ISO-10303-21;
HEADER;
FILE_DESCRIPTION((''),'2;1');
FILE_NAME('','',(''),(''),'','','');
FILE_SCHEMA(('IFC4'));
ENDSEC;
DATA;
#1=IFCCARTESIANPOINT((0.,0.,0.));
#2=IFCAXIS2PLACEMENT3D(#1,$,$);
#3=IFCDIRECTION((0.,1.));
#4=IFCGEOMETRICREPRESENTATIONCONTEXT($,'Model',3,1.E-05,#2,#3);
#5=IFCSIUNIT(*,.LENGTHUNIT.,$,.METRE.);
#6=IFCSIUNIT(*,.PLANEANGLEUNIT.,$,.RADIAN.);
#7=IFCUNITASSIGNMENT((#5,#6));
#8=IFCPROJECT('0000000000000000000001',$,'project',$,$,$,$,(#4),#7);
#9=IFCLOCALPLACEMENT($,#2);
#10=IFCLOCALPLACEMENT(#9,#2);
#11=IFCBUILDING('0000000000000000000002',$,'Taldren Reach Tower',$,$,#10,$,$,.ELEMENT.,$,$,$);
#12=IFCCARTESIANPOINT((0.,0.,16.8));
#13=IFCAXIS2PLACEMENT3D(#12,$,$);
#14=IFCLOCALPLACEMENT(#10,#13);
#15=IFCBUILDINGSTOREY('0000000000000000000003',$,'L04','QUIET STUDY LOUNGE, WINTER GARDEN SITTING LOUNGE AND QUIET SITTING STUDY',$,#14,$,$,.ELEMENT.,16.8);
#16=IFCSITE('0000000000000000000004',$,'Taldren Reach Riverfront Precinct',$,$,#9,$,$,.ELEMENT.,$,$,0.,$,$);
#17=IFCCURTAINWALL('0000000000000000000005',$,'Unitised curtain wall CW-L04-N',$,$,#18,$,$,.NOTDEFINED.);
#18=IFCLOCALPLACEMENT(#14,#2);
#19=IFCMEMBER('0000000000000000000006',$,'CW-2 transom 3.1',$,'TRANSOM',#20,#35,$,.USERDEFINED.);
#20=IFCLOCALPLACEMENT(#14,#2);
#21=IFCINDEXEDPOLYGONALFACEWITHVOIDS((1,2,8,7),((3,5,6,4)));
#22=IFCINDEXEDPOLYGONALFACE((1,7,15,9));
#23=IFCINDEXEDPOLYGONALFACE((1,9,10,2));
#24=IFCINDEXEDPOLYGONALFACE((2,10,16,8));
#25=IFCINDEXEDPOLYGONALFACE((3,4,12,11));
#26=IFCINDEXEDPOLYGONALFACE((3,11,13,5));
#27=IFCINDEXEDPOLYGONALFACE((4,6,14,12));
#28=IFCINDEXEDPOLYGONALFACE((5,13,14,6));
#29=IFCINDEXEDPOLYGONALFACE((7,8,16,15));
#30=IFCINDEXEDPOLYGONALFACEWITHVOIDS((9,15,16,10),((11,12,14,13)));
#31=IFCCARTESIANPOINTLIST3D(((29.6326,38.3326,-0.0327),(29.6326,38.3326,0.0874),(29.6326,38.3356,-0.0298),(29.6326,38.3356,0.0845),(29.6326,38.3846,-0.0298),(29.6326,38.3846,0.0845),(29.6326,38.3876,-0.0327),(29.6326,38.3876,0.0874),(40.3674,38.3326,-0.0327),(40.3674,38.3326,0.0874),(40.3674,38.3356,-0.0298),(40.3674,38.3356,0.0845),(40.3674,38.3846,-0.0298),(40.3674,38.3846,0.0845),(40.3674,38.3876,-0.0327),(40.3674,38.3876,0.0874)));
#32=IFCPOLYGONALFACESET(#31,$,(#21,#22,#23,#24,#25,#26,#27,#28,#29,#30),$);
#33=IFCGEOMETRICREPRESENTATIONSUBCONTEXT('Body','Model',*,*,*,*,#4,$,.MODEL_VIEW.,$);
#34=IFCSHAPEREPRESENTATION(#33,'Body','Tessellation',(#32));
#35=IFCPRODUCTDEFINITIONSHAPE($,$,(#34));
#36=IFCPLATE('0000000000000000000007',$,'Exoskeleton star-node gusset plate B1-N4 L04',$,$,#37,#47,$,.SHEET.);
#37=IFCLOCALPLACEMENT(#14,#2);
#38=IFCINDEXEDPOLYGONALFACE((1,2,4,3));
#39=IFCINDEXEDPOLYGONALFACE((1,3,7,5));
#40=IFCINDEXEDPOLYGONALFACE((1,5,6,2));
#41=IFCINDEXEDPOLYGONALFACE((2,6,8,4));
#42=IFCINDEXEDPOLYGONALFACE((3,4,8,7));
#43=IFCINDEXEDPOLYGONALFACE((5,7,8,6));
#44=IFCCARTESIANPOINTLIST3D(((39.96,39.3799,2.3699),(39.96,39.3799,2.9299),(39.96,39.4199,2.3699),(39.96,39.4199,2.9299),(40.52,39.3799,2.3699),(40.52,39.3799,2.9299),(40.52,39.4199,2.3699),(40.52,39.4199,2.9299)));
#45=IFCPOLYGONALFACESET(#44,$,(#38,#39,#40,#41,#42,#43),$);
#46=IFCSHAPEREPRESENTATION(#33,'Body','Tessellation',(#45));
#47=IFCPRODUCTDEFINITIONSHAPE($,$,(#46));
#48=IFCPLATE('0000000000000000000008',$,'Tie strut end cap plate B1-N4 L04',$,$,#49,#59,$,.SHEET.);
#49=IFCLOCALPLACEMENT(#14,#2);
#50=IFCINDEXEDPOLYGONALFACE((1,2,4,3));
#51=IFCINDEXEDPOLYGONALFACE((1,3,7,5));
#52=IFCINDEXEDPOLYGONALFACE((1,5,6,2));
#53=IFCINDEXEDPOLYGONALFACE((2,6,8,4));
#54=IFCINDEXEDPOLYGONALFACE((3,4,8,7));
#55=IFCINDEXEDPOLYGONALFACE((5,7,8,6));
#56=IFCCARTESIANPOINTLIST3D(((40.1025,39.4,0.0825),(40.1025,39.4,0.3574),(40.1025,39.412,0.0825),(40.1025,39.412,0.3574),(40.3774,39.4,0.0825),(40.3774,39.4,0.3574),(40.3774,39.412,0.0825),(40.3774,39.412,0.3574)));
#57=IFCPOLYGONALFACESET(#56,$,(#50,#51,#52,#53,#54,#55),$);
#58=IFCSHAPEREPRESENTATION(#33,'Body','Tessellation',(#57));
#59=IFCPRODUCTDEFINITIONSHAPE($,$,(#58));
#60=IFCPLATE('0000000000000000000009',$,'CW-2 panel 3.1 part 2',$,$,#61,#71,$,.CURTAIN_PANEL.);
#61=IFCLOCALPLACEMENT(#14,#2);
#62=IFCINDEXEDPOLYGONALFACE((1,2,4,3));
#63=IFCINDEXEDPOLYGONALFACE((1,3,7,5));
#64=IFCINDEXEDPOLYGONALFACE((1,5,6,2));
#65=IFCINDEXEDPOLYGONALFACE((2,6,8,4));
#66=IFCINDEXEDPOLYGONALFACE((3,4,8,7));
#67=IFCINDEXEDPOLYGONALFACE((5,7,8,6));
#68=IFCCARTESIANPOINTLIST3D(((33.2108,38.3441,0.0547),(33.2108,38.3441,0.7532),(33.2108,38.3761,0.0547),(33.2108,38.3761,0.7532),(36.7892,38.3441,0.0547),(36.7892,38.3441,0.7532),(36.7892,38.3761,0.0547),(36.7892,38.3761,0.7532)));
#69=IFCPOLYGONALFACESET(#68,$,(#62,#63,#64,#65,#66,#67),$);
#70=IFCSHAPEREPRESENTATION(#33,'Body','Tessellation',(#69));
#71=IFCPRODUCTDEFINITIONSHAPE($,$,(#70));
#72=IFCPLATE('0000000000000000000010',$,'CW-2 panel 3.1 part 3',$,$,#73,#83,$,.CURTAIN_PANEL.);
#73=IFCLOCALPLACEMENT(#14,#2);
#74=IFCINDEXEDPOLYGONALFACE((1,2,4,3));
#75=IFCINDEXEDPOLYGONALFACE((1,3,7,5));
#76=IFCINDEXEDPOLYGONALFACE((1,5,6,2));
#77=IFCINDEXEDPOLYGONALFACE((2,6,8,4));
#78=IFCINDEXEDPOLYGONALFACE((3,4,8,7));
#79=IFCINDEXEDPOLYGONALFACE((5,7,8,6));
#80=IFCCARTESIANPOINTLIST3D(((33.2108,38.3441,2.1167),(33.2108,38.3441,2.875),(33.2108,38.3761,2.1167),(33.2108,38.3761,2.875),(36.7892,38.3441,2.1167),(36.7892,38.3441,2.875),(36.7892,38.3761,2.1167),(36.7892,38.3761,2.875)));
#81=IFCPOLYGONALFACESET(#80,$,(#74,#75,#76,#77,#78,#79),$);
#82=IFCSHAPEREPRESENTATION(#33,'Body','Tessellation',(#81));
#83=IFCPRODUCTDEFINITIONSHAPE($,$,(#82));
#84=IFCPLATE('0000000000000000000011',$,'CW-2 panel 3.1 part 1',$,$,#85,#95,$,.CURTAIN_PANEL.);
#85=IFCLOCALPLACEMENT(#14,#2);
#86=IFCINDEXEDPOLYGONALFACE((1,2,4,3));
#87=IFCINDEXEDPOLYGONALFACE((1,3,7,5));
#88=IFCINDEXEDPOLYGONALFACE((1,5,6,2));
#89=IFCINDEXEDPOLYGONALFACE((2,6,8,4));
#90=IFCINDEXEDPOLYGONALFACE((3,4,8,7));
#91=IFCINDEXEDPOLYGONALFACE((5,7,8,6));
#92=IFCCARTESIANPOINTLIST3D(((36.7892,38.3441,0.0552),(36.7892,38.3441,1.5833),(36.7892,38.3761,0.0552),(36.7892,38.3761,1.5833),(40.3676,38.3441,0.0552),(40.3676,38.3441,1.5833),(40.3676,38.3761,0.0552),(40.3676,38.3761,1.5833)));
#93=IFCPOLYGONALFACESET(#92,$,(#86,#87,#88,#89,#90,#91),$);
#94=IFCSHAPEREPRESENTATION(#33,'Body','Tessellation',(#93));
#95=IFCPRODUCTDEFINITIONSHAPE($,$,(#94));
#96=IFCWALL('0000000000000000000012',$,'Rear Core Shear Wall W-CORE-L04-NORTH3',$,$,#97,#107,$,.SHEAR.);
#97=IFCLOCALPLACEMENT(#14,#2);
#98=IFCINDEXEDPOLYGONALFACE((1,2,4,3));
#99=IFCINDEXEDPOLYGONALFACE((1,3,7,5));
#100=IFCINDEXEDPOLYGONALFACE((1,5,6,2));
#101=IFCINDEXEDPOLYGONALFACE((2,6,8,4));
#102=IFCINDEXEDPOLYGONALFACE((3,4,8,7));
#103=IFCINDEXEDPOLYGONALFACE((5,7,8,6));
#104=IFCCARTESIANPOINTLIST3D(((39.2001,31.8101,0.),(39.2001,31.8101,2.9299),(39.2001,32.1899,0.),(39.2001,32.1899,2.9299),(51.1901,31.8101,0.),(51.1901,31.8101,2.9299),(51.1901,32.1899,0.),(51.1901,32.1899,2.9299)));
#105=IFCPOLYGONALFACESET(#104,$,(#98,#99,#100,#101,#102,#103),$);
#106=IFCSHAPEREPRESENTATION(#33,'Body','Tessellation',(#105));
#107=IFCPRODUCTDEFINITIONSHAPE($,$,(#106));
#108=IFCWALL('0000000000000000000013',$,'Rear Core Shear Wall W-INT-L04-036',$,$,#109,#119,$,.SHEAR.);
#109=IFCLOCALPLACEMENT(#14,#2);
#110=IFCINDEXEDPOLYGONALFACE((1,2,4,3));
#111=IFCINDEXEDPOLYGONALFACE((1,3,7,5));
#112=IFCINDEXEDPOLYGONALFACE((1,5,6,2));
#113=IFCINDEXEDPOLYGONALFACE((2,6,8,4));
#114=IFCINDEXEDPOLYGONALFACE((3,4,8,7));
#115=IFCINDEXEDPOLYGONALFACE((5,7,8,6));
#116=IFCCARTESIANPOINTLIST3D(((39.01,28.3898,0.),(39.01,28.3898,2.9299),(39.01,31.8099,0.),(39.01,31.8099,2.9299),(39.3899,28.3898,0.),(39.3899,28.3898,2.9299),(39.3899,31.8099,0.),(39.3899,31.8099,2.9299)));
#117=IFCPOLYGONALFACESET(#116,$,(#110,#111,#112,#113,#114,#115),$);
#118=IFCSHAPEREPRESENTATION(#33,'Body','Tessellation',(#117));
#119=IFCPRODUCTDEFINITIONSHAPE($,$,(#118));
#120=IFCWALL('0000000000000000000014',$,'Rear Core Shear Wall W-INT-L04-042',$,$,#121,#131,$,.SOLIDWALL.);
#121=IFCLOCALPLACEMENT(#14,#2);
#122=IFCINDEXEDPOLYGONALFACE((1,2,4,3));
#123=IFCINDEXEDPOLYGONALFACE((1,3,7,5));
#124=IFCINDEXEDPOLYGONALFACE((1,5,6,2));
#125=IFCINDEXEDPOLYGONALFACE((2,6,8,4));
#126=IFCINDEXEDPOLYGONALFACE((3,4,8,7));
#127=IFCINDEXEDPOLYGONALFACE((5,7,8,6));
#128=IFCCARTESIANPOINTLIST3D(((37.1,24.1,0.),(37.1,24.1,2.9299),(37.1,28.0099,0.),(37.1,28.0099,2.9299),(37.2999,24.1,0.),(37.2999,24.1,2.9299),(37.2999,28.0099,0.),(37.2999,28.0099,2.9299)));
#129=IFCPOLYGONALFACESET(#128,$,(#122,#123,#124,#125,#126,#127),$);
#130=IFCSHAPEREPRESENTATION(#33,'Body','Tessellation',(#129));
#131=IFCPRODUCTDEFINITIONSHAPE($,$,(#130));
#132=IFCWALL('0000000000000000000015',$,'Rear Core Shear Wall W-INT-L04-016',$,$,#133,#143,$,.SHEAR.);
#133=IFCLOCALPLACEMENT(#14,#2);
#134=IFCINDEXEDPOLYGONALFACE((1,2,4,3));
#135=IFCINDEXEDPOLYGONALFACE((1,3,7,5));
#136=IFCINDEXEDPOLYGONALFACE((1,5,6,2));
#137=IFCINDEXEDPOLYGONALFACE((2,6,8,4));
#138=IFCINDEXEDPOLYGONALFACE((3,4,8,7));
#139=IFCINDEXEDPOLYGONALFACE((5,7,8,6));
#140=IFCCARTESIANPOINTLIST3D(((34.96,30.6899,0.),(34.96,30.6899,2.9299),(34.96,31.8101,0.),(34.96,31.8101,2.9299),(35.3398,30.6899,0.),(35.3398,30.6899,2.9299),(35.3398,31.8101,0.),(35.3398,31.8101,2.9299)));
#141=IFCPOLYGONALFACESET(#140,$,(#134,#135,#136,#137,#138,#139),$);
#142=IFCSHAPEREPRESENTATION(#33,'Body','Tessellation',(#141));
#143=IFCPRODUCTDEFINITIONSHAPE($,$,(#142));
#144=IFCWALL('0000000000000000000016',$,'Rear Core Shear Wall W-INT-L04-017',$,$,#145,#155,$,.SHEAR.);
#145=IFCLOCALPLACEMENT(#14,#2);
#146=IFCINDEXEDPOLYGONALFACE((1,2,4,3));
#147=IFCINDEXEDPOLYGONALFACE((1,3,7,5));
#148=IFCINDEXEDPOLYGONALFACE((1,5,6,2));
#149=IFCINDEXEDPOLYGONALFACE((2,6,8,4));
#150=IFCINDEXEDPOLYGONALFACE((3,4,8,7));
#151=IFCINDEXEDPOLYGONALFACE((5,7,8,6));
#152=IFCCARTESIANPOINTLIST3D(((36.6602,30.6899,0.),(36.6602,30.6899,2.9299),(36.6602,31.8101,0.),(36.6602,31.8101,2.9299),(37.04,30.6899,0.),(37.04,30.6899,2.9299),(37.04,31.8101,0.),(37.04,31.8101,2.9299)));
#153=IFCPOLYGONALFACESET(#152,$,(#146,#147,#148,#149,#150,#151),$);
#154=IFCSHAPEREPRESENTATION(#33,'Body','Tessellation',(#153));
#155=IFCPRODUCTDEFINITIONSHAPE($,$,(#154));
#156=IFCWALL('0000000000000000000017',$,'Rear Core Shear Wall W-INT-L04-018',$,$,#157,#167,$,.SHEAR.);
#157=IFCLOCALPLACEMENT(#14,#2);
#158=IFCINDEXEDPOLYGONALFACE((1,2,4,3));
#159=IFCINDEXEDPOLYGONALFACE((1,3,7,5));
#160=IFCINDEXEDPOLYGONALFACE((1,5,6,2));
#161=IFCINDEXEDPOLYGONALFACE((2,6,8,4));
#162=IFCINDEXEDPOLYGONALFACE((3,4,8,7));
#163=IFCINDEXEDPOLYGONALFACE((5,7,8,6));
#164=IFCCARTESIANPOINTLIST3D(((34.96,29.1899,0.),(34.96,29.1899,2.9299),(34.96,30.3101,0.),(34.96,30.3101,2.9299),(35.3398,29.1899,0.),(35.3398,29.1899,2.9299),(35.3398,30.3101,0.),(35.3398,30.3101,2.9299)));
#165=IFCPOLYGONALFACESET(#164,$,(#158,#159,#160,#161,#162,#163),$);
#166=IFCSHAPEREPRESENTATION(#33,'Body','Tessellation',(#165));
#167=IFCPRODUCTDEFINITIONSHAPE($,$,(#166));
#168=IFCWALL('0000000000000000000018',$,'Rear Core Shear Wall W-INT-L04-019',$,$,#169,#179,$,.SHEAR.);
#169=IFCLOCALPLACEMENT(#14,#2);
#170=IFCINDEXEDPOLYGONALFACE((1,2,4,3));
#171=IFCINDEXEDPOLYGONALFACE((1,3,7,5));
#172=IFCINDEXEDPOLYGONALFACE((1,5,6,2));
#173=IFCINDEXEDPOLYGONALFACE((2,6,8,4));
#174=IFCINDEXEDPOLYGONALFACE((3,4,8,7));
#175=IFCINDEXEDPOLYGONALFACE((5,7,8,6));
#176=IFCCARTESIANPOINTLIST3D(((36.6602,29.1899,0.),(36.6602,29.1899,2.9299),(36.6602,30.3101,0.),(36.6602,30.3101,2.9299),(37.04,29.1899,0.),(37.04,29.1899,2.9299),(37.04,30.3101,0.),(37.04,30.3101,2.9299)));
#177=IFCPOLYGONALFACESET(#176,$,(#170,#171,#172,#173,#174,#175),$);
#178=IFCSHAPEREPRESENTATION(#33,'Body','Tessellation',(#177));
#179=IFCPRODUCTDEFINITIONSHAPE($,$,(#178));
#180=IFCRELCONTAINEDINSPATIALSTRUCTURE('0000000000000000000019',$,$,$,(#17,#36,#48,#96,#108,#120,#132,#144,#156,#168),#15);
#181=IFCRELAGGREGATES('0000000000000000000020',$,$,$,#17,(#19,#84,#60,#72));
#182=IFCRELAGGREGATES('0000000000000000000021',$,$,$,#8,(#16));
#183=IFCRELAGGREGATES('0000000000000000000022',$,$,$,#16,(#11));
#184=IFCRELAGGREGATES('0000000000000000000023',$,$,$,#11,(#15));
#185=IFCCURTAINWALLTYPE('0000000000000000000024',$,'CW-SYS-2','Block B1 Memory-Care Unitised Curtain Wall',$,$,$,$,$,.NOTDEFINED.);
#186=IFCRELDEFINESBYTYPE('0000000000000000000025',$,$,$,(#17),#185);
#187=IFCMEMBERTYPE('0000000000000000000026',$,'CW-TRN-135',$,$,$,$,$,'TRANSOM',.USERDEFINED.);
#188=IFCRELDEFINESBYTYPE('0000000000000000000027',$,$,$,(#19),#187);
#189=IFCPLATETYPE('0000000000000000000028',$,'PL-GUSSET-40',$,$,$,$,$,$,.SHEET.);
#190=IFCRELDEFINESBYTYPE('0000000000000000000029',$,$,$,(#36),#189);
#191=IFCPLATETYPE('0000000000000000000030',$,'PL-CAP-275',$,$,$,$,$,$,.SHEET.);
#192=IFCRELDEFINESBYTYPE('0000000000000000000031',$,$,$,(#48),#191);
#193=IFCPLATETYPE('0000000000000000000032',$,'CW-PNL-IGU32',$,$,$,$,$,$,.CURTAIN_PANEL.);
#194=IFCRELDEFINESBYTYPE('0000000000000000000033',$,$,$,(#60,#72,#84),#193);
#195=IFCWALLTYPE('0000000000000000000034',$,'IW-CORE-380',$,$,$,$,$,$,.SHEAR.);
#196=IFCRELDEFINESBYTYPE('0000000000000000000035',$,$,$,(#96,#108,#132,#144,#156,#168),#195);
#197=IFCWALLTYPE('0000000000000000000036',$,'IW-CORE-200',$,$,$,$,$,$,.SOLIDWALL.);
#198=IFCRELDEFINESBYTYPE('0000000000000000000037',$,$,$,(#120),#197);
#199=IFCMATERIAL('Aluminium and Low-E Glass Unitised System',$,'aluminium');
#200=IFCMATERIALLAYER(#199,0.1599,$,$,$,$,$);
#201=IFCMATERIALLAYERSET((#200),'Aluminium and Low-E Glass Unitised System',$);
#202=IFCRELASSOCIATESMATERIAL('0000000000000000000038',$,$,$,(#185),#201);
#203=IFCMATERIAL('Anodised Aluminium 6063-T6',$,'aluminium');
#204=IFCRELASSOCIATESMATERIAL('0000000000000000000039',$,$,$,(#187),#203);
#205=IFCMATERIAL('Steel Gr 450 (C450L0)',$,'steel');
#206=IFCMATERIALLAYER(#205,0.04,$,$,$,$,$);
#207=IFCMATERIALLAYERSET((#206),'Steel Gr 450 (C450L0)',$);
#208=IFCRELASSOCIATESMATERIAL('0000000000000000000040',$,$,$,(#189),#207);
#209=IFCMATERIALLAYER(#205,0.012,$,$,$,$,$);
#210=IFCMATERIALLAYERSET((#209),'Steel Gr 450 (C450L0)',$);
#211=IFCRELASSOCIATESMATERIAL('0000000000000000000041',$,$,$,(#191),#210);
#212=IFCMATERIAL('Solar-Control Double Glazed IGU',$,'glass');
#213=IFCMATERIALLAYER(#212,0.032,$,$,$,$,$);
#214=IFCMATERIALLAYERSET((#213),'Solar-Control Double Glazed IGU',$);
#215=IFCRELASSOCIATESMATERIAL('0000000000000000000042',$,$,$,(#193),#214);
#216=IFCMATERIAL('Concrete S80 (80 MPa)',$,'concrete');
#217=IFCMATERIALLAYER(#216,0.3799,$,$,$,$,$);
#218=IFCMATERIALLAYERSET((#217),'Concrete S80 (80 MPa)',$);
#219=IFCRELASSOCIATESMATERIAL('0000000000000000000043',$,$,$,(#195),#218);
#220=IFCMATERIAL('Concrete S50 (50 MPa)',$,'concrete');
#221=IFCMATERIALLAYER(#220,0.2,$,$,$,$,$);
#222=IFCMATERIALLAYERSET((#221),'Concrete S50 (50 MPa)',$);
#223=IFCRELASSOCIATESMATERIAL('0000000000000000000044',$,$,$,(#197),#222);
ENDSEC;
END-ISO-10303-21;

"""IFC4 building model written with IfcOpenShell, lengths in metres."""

from ifc_helpers import new_model, si_unit, direction, frame, frame_2d, origin, origin_2d, place, context, subcontext, project, spatial, rectangle, hollow_rectangle, extrude, source, transform, mapped, material, layer, layer_set, material_profile, profile_set, type_object, element, aggregate, save


model = new_model("IFC4")

# Units and contexts
model_context = context("Model", 3, precision=1e-05, world=origin(), true_north=direction((0.0, 1.0)))
body_context = subcontext(model_context, "Body", "Model", "MODEL_VIEW")
ifc_project = project(units=[si_unit("LENGTHUNIT", "METRE"), si_unit("PLANEANGLEUNIT", "RADIAN")], contexts=[model_context])

# Site, building, storey
site_placement = place(None, origin())
site = spatial("IfcSite", under=ifc_project, at=site_placement, Name="Taldren Reach Riverfront Precinct", CompositionType="ELEMENT", RefElevation=0.0)
building_placement = place(site_placement, origin())
building = spatial("IfcBuilding", under=site, at=building_placement, Name="Taldren Reach Tower", CompositionType="ELEMENT")
storey_placement = place(building_placement, frame((0.0, 0.0, 16.8)))
storey = spatial("IfcBuildingStorey", under=building, at=storey_placement, Name="L04", Description="QUIET STUDY LOUNGE, WINTER GARDEN SITTING LOUNGE AND QUIET SITTING STUDY", CompositionType="ELEMENT", Elevation=16.8)

# Shared definitions
ifc_material_1 = material(Name="Steel Gr 450 (C450L0)", Category="steel")

# Curtain wall, member
ifc_material_2 = material(Name="Aluminium and Low-E Glass Unitised System", Category="aluminium")
ifc_layer_1 = layer(ifc_material_2, 0.1599)
ifc_layer_set_1 = layer_set([ifc_layer_1], Name="Aluminium and Low-E Glass Unitised System")
curtain_wall_type = type_object("IfcCurtainWallType", Name="CW-SYS-2", Description="Block B1 Memory-Care Unitised Curtain Wall", PredefinedType="NOTDEFINED", material=ifc_layer_set_1)
curtain_wall_placement = place(storey_placement, origin())
curtain_wall = element("IfcCurtainWall", 1, at=curtain_wall_placement, inside=storey, type_object=curtain_wall_type, Name="Unitised curtain wall CW-L04-N", PredefinedType="NOTDEFINED")
ifc_material_3 = material(Name="Anodised Aluminium 6063-T6", Category="aluminium")
ifc_material_profile_1 = material_profile(ifc_material_3, hollow_rectangle(XDim=0.0549, YDim=0.1201, WallThickness=0.0029, at=origin_2d()), Name="ALU-120x55x3RHS")
ifc_profile_set_1 = profile_set([ifc_material_profile_1], Name="Anodised Aluminium 6063-T6")
member_type_1 = type_object("IfcMemberType", Name="CW-TRN-135", ElementType="TRANSOM", PredefinedType="USERDEFINED", material=ifc_profile_set_1)
shared_shape_1 = source(origin(), body_context, "Body", "SweptSolid", [
    extrude(hollow_rectangle(XDim=0.0549, YDim=0.1201, WallThickness=0.0029, at=origin_2d()), origin(), (0.0, 0.0, 1.0), 10.7349),
])
member_1_placement = place(storey_placement, frame((40.3674, 38.3601, 0.0273), z_axis=(-1.0, 0.0, 0.0), x_axis=(0.0, -1.0, 0.0)))
member_1 = element("IfcMember", 2, at=member_1_placement, type_object=member_type_1, Name="CW-2 transom 3.1", ObjectType="TRANSOM", PredefinedType="USERDEFINED", context=body_context, shape_type="MappedRepresentation", body=[
    mapped(shared_shape_1, transform((0.0, 0.0, 0.0), scale=1.0)),
])

# Plates
ifc_layer_2 = layer(ifc_material_1, 0.04)
ifc_layer_set_2 = layer_set([ifc_layer_2], Name="Steel Gr 450 (C450L0)")
plate_type_1 = type_object("IfcPlateType", Name="PL-GUSSET-40", PredefinedType="SHEET", material=ifc_layer_set_2)
shared_shape_2 = source(origin(), body_context, "Body", "SweptSolid", [
    extrude(rectangle(XDim=0.5601, YDim=0.04, at=origin_2d()), origin(), (0.0, 0.0, 1.0), 0.5601),
])
plate_1_placement = place(storey_placement, frame((40.24, 39.3999, 2.3699), z_axis=(0.0, 0.0, 1.0), x_axis=(1.0, 0.0, 0.0)))
element("IfcPlate", 3, at=plate_1_placement, inside=storey, type_object=plate_type_1, Name="Exoskeleton star-node gusset plate B1-N4 L04", PredefinedType="SHEET", context=body_context, shape_type="MappedRepresentation", body=[
    mapped(shared_shape_2, transform((0.0, 0.0, 0.0), scale=1.0)),
])
ifc_layer_3 = layer(ifc_material_1, 0.012)
ifc_layer_set_3 = layer_set([ifc_layer_3], Name="Steel Gr 450 (C450L0)")
plate_type_2 = type_object("IfcPlateType", Name="PL-CAP-275", PredefinedType="SHEET", material=ifc_layer_set_3)
shared_shape_3 = source(origin(), body_context, "Body", "SweptSolid", [
    extrude(rectangle(XDim=0.2749, YDim=0.012, at=origin_2d()), origin(), (0.0, 0.0, 1.0), 0.2749),
])
plate_2_placement = place(storey_placement, frame((40.24, 39.406, 0.0825), z_axis=(0.0, 0.0, 1.0), x_axis=(1.0, 0.0, 0.0)))
element("IfcPlate", 4, at=plate_2_placement, inside=storey, type_object=plate_type_2, Name="Tie strut end cap plate B1-N4 L04", PredefinedType="SHEET", context=body_context, shape_type="MappedRepresentation", body=[
    mapped(shared_shape_3, transform((0.0, 0.0, 0.0), scale=1.0)),
])

# Plates
ifc_material_4 = material(Name="Solar-Control Double Glazed IGU", Category="glass")
ifc_layer_4 = layer(ifc_material_4, 0.032)
ifc_layer_set_4 = layer_set([ifc_layer_4], Name="Solar-Control Double Glazed IGU")
plate_type_3 = type_object("IfcPlateType", Name="CW-PNL-IGU32", PredefinedType="CURTAIN_PANEL", material=ifc_layer_set_4)
shared_shape_4 = source(origin(), body_context, "Body", "SweptSolid", [
    extrude(rectangle(XDim=3.5784, YDim=0.032, at=origin_2d()), origin(), (0.0, 0.0, 1.0), 0.6985),
])
plate_3_placement = place(storey_placement, frame((35.0, 38.3601, 0.0547), z_axis=(0.0, 0.0, 1.0), x_axis=(-1.0, 0.0, 0.0)))
plate_3 = element("IfcPlate", 5, at=plate_3_placement, type_object=plate_type_3, Name="CW-2 panel 3.1 part 2", PredefinedType="CURTAIN_PANEL", context=body_context, shape_type="MappedRepresentation", body=[
    mapped(shared_shape_4, transform((0.0, 0.0, 0.0), scale=1.0)),
])
shared_shape_5 = source(origin(), body_context, "Body", "SweptSolid", [
    extrude(rectangle(XDim=3.5784, YDim=0.032, at=origin_2d()), origin(), (0.0, 0.0, 1.0), 0.7583),
])
plate_4_placement = place(storey_placement, frame((35.0, 38.3601, 2.1167), z_axis=(0.0, 0.0, 1.0), x_axis=(-1.0, 0.0, 0.0)))
plate_4 = element("IfcPlate", 6, at=plate_4_placement, type_object=plate_type_3, Name="CW-2 panel 3.1 part 3", PredefinedType="CURTAIN_PANEL", context=body_context, shape_type="MappedRepresentation", body=[
    mapped(shared_shape_5, transform((0.0, 0.0, 0.0), scale=1.0)),
])
shared_shape_6 = source(origin(), body_context, "Body", "SweptSolid", [
    extrude(rectangle(XDim=3.5784, YDim=0.032, at=origin_2d()), origin(), (0.0, 0.0, 1.0), 1.5281),
])
plate_5_placement = place(storey_placement, frame((38.5784, 38.3601, 0.0552), z_axis=(0.0, 0.0, 1.0), x_axis=(-1.0, 0.0, 0.0)))
plate_5 = element("IfcPlate", 7, at=plate_5_placement, type_object=plate_type_3, Name="CW-2 panel 3.1 part 1", PredefinedType="CURTAIN_PANEL", context=body_context, shape_type="MappedRepresentation", body=[
    mapped(shared_shape_6, transform((0.0, 0.0, 0.0), scale=1.0)),
])
aggregate(curtain_wall, [member_1, plate_5, plate_3, plate_4])

# Walls
ifc_material_5 = material(Name="Concrete S80 (80 MPa)", Category="concrete")
ifc_layer_5 = layer(ifc_material_5, 0.3799)
ifc_layer_set_5 = layer_set([ifc_layer_5], Name="Concrete S80 (80 MPa)")
wall_type_1 = type_object("IfcWallType", Name="IW-CORE-380", PredefinedType="SHEAR", material=ifc_layer_set_5)
shared_shape_7 = source(origin(), body_context, "Body", "SweptSolid", [
    extrude(rectangle(XDim=11.99, YDim=0.3799, at=frame_2d((5.9951, 0.0))), origin(), (0.0, 0.0, 1.0), 2.9299),
])
wall_1_placement = place(storey_placement, frame((39.2, 32.0, 0.0), z_axis=(0.0, 0.0, 1.0), x_axis=(1.0, 0.0, 0.0)))
element("IfcWall", 8, at=wall_1_placement, inside=storey, type_object=wall_type_1, Name="Rear Core Shear Wall W-CORE-L04-NORTH3", PredefinedType="SHEAR", context=body_context, shape_type="MappedRepresentation", body=[
    mapped(shared_shape_7, transform((0.0, 0.0, 0.0), scale=1.0)),
])
shared_shape_8 = source(origin(), body_context, "Body", "SweptSolid", [
    extrude(rectangle(XDim=3.4202, YDim=0.3799, at=frame_2d((1.71, 0.0))), origin(), (0.0, 0.0, 1.0), 2.9299),
])
wall_2_placement = place(storey_placement, frame((39.2, 28.3899, 0.0), z_axis=(0.0, 0.0, 1.0), x_axis=(0.0, 1.0, 0.0)))
element("IfcWall", 9, at=wall_2_placement, inside=storey, type_object=wall_type_1, Name="Rear Core Shear Wall W-INT-L04-036", PredefinedType="SHEAR", context=body_context, shape_type="MappedRepresentation", body=[
    mapped(shared_shape_8, transform((0.0, 0.0, 0.0), scale=1.0)),
])
ifc_material_6 = material(Name="Concrete S50 (50 MPa)", Category="concrete")
ifc_layer_6 = layer(ifc_material_6, 0.2)
ifc_layer_set_6 = layer_set([ifc_layer_6], Name="Concrete S50 (50 MPa)")
wall_type_2 = type_object("IfcWallType", Name="IW-CORE-200", PredefinedType="SOLIDWALL", material=ifc_layer_set_6)
shared_shape_9 = source(origin(), body_context, "Body", "SweptSolid", [
    extrude(rectangle(XDim=3.9099, YDim=0.2, at=frame_2d((1.9551, 0.0))), origin(), (0.0, 0.0, 1.0), 2.9299),
])
wall_3_placement = place(storey_placement, frame((37.2, 28.01, 0.0), z_axis=(0.0, 0.0, 1.0), x_axis=(0.0, -1.0, 0.0)))
element("IfcWall", 10, at=wall_3_placement, inside=storey, type_object=wall_type_2, Name="Rear Core Shear Wall W-INT-L04-042", PredefinedType="SOLIDWALL", context=body_context, shape_type="MappedRepresentation", body=[
    mapped(shared_shape_9, transform((0.0, 0.0, 0.0), scale=1.0)),
])
shared_shape_10 = source(origin(), body_context, "Body", "SweptSolid", [
    extrude(rectangle(XDim=1.1201, YDim=0.3799, at=frame_2d((0.5601, 0.0))), origin(), (0.0, 0.0, 1.0), 2.9299),
])
for number, where, z_axis, x_axis, name in (
    (11, (35.1499, 31.8101, 0.0), (0.0, 0.0, 1.0), (0.0, -1.0, 0.0), "Rear Core Shear Wall W-INT-L04-016"),
    (12, (36.8501, 30.6899, 0.0), (0.0, 0.0, 1.0), (0.0, 1.0, 0.0), "Rear Core Shear Wall W-INT-L04-017"),
    (13, (35.1499, 30.3101, 0.0), (0.0, 0.0, 1.0), (0.0, -1.0, 0.0), "Rear Core Shear Wall W-INT-L04-018"),
    (14, (36.8501, 29.1899, 0.0), (0.0, 0.0, 1.0), (0.0, 1.0, 0.0), "Rear Core Shear Wall W-INT-L04-019"),
):
    element("IfcWall", number, at=place(storey_placement, frame(where, z_axis=z_axis, x_axis=x_axis)), inside=storey, type_object=wall_type_1, Name=name, PredefinedType="SHEAR", context=body_context, shape_type="MappedRepresentation", body=[
        mapped(shared_shape_10, transform((0.0, 0.0, 0.0), scale=1.0)),
    ])

save(model, "model.ifc")
